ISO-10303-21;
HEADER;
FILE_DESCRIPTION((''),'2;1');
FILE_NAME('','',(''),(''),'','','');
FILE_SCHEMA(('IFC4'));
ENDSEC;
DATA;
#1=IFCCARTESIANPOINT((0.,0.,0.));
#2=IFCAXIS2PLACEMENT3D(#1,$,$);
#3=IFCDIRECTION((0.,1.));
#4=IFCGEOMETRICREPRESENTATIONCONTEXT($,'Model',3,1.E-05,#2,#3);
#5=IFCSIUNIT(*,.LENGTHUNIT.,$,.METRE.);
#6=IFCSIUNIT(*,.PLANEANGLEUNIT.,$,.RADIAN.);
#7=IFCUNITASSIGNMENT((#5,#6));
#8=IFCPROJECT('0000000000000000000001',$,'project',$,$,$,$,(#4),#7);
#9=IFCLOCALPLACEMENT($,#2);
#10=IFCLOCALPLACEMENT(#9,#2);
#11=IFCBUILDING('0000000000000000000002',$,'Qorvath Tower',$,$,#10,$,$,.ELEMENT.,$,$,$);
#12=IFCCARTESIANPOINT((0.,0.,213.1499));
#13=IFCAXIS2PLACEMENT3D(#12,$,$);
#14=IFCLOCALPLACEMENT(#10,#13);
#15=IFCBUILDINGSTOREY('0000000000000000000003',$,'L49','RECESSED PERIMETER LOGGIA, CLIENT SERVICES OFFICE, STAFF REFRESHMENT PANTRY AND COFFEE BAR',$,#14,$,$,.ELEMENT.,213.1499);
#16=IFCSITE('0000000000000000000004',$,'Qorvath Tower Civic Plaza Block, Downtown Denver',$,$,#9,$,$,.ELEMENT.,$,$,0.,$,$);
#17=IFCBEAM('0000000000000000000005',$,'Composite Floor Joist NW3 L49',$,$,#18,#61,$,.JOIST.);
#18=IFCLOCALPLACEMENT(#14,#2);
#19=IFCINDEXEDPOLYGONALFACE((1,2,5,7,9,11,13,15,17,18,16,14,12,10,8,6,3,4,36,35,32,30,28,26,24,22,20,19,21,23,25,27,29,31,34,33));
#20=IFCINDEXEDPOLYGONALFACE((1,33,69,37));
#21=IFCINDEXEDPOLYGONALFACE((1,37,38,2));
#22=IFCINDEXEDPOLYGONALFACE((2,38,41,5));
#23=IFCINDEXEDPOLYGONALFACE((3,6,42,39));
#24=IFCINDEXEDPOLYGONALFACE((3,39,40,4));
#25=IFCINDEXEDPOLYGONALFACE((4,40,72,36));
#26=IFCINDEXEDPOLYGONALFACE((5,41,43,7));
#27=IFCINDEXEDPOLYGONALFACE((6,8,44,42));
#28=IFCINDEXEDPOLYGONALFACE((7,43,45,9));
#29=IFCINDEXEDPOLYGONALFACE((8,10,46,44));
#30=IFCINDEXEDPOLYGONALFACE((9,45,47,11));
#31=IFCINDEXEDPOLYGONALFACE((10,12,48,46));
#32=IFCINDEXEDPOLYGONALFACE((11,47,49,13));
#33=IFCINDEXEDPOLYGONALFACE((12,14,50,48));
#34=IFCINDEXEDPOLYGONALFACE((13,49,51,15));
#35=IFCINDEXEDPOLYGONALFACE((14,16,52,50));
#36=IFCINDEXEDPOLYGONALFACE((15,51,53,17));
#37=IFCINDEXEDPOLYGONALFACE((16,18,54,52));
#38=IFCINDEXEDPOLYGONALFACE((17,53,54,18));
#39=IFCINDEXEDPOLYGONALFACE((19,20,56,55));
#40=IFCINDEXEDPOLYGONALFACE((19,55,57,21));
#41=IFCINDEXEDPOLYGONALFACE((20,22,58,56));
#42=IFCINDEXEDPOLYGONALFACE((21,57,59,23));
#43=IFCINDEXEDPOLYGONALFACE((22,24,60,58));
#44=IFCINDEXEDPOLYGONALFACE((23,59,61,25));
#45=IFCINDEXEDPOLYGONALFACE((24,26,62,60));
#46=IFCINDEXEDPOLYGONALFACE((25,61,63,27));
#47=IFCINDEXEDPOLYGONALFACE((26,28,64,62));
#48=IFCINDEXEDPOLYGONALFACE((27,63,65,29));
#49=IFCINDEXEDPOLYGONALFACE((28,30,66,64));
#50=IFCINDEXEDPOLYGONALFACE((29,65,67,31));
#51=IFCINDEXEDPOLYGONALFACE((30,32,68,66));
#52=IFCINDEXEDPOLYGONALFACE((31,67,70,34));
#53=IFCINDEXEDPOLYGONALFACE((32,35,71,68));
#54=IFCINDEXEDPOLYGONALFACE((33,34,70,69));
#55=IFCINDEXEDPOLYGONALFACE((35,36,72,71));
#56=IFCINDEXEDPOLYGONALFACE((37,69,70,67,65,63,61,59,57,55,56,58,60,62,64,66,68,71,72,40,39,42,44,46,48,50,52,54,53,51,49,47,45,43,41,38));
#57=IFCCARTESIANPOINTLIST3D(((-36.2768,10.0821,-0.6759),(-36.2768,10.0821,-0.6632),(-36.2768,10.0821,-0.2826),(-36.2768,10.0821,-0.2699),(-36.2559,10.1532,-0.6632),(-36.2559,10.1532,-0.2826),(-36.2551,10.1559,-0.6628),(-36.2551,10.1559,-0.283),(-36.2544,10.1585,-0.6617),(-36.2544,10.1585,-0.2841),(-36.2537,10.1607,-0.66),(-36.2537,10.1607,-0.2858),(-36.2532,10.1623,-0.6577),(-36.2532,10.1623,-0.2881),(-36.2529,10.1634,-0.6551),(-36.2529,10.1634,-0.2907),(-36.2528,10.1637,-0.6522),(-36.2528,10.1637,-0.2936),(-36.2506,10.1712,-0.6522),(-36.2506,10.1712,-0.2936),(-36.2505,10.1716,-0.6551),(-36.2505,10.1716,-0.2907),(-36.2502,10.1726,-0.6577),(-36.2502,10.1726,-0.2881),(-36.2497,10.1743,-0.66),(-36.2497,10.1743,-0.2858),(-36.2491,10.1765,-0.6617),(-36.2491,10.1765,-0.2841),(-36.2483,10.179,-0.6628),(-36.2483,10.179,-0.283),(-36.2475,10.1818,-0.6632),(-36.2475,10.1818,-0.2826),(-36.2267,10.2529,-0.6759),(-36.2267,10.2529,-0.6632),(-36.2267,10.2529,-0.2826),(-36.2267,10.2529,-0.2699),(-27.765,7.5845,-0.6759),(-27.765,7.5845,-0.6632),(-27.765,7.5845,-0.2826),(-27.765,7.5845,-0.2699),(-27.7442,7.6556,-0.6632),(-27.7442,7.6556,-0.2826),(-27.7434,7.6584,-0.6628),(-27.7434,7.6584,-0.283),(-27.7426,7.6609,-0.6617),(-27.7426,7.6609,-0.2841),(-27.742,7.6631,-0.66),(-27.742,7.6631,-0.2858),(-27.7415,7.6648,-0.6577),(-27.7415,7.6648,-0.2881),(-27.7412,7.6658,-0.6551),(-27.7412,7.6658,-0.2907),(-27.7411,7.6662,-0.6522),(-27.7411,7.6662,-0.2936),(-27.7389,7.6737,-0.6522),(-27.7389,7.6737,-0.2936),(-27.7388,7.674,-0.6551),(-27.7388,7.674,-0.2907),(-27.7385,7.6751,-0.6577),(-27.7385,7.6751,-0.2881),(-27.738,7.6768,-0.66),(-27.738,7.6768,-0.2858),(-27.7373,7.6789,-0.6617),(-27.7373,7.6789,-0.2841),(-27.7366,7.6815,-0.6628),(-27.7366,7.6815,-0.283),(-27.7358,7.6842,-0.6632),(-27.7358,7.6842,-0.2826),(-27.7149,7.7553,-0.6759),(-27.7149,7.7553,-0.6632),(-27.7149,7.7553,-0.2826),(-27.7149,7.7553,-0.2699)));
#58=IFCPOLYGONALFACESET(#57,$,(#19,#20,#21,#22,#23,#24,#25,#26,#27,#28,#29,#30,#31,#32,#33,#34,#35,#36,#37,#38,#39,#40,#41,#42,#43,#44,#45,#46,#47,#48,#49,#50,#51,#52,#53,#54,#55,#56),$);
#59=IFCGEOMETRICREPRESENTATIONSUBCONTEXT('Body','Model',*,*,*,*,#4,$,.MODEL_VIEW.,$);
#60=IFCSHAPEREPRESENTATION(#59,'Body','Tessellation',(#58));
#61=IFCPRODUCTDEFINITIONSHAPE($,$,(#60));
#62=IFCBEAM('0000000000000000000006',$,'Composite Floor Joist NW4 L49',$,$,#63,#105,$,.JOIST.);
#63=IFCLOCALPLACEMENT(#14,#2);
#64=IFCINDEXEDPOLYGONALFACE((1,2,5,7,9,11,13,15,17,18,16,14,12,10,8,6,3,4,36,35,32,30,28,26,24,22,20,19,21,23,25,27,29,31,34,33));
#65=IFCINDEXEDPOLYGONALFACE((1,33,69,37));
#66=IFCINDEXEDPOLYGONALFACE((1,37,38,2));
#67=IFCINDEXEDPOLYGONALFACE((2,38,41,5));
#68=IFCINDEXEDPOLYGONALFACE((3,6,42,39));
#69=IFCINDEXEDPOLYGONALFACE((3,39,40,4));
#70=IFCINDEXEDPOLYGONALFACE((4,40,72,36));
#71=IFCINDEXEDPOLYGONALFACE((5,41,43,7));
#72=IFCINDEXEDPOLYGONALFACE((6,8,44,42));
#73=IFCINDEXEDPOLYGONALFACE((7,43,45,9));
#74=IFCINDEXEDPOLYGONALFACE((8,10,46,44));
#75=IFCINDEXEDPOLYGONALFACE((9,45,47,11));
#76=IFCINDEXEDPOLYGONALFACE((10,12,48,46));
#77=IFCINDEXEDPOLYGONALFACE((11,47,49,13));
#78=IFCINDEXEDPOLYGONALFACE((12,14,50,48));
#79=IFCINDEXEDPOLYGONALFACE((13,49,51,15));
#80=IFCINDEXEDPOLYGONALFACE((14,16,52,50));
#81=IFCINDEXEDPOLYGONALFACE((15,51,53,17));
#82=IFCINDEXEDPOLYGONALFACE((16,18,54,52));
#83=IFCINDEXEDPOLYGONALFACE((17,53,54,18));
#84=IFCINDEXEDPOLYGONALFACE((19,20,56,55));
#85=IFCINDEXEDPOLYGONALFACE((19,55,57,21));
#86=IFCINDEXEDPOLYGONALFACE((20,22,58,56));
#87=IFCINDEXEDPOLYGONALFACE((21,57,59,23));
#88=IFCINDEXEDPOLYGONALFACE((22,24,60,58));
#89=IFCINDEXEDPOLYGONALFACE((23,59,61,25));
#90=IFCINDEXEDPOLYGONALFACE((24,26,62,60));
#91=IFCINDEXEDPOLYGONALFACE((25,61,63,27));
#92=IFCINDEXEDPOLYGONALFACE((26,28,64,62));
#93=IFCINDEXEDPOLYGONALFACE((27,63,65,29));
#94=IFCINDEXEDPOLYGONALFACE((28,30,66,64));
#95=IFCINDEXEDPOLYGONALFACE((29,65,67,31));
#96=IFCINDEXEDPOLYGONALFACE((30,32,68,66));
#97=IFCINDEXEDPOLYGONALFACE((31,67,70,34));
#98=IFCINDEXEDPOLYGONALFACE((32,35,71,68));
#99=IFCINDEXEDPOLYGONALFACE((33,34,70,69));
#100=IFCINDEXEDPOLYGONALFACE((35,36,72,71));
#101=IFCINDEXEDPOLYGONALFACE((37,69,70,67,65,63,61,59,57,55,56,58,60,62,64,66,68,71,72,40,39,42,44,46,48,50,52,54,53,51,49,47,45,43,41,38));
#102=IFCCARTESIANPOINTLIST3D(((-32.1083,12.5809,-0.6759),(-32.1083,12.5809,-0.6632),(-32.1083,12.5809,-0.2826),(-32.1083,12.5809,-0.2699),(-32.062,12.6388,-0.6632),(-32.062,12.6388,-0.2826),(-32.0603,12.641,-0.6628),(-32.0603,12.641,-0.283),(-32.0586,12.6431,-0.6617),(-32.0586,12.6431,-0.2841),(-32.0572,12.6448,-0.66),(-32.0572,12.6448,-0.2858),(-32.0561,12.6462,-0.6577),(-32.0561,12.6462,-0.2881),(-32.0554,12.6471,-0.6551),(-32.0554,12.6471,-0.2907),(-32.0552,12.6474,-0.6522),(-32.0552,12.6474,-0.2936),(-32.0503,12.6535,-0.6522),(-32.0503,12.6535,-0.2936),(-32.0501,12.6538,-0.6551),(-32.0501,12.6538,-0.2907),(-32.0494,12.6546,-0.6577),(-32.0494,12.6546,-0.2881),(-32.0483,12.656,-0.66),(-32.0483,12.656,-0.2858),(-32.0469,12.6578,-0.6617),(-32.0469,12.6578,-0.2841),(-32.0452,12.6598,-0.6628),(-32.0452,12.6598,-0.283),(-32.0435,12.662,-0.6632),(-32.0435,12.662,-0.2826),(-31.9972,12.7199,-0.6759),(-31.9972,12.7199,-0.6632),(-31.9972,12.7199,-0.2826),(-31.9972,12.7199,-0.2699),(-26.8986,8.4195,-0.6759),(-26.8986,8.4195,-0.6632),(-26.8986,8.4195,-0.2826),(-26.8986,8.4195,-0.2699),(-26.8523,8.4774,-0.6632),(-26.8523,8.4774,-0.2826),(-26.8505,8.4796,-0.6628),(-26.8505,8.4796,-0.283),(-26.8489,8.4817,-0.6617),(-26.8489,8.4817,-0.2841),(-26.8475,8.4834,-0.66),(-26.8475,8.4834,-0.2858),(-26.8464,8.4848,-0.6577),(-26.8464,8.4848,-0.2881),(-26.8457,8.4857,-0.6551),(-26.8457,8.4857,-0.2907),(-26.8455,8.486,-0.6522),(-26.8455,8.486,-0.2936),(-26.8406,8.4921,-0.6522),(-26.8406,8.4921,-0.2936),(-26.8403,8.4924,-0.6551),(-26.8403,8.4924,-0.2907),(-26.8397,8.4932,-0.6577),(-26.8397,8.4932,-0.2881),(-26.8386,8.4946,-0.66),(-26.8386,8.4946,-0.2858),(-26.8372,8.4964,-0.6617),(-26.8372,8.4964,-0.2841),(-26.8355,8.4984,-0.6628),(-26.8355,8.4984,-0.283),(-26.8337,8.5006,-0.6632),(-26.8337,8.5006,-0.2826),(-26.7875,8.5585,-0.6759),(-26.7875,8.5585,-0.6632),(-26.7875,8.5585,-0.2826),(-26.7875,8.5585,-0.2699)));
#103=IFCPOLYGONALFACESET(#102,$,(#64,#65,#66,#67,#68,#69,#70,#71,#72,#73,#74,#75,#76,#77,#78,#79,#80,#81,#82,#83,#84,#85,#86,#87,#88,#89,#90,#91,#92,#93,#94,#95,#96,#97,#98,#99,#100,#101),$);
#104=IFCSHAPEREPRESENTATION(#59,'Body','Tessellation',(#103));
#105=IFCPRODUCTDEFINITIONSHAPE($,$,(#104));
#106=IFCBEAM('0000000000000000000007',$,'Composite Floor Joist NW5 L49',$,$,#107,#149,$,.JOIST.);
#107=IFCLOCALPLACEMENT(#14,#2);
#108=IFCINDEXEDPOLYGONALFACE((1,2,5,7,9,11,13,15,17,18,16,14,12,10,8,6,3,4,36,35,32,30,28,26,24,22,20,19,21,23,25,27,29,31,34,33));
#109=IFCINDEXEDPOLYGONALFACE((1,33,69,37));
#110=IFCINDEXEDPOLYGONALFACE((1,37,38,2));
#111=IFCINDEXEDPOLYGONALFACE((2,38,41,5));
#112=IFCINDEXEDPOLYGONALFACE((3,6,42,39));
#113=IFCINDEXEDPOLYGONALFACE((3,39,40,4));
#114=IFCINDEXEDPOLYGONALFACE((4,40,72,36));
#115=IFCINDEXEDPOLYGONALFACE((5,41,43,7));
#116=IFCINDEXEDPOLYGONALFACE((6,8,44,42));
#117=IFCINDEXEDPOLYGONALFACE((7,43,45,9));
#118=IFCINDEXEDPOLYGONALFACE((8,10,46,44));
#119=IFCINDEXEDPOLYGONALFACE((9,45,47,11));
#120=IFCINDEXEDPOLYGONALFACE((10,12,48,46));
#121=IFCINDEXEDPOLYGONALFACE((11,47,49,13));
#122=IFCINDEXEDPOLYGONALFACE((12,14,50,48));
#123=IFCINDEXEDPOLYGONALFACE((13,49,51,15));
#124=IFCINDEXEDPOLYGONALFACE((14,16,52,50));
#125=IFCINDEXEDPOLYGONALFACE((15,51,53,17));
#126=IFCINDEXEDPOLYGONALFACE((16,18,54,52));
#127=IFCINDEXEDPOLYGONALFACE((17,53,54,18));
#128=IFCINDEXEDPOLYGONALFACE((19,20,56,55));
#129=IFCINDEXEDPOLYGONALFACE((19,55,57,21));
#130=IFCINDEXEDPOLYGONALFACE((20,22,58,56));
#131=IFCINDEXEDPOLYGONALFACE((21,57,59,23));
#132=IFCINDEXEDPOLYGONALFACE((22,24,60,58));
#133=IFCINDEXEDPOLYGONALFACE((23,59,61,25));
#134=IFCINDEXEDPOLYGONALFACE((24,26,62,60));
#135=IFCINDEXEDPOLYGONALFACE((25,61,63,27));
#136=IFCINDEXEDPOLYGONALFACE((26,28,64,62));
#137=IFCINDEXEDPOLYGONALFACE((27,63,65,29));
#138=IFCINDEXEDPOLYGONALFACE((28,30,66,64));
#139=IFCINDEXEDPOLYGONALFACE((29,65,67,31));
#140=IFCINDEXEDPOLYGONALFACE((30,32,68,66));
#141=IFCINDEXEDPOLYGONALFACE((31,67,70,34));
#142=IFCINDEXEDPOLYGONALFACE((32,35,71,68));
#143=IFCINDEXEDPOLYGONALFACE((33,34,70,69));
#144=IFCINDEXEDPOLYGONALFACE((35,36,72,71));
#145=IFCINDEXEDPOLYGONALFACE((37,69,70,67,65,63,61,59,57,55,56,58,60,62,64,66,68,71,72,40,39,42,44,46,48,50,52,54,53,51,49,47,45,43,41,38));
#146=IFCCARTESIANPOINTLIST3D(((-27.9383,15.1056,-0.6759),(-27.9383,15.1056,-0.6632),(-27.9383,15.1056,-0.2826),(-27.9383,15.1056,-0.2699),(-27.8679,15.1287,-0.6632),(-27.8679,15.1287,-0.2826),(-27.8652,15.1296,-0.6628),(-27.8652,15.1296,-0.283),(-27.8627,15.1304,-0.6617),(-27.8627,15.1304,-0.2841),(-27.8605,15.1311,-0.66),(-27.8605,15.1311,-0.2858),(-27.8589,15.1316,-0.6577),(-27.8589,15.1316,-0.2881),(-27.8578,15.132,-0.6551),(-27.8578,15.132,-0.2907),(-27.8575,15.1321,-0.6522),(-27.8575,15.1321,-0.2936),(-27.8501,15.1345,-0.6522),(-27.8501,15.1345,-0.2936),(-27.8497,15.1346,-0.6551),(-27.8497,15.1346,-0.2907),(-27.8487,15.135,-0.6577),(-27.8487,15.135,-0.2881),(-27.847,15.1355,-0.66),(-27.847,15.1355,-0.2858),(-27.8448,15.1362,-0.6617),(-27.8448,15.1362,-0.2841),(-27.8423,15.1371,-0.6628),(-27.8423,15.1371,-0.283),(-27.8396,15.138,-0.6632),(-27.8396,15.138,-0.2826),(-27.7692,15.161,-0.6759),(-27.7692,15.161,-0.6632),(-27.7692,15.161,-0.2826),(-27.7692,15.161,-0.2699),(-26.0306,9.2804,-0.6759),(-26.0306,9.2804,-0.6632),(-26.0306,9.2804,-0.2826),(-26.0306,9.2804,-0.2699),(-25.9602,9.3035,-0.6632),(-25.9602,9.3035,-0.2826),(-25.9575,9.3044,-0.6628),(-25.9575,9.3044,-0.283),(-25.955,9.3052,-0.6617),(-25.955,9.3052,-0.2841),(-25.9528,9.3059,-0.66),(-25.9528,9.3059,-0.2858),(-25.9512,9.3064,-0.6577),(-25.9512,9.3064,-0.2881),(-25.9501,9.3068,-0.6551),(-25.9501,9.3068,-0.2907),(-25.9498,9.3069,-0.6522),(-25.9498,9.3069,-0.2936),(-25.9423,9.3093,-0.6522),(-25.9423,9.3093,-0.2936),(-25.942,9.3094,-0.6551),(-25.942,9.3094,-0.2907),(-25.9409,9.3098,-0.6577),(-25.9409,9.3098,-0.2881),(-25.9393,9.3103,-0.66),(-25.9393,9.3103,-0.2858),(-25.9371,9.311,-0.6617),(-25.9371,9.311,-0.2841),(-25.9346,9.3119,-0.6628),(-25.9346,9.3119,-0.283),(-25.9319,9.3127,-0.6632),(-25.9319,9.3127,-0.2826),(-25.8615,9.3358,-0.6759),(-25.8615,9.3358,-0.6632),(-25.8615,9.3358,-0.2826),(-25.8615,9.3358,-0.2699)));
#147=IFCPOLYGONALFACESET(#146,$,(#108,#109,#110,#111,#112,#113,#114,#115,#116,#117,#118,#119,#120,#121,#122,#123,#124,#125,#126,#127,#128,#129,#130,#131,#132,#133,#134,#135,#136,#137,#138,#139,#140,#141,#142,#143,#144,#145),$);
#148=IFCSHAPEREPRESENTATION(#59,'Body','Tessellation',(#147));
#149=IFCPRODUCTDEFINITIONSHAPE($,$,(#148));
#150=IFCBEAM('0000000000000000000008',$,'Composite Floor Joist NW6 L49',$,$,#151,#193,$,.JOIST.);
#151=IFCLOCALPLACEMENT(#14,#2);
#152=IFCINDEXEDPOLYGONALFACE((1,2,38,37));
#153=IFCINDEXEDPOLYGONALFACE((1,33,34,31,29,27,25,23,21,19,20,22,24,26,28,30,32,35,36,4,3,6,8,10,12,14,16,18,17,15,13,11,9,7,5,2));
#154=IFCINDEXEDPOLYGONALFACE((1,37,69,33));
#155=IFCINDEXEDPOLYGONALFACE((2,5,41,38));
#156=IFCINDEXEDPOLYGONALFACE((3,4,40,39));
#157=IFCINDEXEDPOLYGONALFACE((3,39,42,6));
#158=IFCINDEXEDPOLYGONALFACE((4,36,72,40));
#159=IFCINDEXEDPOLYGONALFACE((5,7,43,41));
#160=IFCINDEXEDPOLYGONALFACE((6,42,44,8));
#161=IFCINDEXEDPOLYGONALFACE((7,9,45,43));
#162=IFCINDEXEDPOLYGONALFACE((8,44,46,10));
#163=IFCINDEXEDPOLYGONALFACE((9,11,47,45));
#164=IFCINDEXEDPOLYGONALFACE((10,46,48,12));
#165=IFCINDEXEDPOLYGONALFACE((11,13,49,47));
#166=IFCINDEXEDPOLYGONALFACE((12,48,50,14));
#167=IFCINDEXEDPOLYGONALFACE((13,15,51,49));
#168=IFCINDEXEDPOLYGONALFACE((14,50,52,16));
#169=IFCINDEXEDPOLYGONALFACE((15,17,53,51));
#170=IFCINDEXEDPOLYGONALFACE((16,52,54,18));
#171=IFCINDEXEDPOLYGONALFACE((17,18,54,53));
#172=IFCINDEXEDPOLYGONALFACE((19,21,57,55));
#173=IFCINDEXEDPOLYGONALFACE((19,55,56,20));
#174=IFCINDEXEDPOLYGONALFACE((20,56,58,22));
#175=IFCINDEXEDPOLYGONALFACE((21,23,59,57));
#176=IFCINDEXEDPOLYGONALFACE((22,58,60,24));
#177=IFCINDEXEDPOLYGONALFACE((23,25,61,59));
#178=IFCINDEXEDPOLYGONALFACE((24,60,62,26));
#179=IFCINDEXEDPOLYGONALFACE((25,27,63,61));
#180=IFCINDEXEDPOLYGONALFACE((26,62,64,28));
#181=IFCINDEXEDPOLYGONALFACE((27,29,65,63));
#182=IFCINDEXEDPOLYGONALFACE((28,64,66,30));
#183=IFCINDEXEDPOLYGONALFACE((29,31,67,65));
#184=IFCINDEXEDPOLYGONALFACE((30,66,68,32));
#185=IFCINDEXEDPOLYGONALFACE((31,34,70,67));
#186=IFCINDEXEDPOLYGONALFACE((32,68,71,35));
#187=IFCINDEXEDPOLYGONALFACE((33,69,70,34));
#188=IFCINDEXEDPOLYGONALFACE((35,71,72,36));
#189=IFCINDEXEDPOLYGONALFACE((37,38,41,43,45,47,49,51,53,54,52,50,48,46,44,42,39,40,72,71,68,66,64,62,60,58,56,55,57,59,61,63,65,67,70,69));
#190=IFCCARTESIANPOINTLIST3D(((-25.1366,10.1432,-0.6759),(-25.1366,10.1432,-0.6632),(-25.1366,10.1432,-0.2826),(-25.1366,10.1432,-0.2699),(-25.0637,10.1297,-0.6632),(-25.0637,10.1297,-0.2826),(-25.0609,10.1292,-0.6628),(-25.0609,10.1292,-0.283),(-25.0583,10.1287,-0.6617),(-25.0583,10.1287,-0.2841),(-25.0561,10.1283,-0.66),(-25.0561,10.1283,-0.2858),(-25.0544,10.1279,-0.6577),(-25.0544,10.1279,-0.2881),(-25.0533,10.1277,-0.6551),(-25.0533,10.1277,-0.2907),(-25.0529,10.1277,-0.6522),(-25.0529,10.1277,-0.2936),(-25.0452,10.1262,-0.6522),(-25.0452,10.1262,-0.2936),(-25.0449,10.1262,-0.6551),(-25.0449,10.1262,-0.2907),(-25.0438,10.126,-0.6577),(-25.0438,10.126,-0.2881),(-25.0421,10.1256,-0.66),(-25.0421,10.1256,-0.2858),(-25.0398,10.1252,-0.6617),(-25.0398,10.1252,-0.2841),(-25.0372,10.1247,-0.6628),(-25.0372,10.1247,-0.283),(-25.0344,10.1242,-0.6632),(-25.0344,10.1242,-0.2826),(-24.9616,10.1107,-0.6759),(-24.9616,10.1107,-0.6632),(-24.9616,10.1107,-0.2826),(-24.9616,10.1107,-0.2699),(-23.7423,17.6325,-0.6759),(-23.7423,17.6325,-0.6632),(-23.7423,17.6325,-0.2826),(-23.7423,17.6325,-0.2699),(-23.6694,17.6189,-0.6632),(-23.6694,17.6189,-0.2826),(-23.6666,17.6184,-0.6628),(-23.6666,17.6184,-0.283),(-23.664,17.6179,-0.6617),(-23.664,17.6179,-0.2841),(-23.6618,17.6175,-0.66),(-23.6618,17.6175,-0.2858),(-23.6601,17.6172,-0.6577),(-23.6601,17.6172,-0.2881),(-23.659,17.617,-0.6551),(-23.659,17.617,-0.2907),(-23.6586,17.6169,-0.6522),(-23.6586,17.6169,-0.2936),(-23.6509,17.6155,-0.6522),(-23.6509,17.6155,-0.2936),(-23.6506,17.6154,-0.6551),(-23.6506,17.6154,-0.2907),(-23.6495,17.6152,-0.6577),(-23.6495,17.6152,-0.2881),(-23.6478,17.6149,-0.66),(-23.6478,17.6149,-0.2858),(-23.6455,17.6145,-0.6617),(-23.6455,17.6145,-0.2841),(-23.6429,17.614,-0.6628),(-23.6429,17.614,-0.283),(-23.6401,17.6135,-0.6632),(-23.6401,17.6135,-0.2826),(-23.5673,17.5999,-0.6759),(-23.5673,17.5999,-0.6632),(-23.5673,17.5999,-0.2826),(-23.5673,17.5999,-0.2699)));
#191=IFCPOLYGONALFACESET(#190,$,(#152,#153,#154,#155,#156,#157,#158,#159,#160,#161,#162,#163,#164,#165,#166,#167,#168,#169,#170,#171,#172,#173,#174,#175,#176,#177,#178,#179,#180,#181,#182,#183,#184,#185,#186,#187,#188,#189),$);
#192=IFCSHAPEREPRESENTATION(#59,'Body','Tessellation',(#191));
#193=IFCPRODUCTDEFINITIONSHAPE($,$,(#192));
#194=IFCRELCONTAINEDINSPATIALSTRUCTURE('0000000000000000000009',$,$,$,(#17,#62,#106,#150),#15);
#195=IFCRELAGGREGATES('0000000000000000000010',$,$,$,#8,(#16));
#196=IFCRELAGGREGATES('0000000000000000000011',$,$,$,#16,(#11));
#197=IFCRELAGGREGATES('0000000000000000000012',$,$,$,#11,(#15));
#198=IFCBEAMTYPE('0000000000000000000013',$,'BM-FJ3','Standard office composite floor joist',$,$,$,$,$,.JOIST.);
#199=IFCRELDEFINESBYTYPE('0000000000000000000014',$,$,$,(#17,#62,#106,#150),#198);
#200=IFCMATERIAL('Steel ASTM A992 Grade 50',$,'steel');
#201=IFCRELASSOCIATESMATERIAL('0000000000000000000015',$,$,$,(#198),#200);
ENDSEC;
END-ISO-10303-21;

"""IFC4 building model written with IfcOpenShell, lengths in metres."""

from ifc_helpers import new_model, si_unit, direction, frame, origin, origin_2d, place, context, subcontext, project, spatial, i_section, extrude, material, material_profile, profile_set, type_object, element, save


model = new_model("IFC4")

# Units and contexts
model_context = context("Model", 3, precision=1e-05, world=origin(), true_north=direction((0.0, 1.0)))
body_context = subcontext(model_context, "Body", "Model", "MODEL_VIEW")
ifc_project = project(units=[si_unit("LENGTHUNIT", "METRE"), si_unit("PLANEANGLEUNIT", "RADIAN")], contexts=[model_context])

# Site, building, storey
site_placement = place(None, origin())
site = spatial("IfcSite", under=ifc_project, at=site_placement, Name="Qorvath Tower Civic Plaza Block, Downtown Denver", CompositionType="ELEMENT", RefElevation=0.0)
building_placement = place(site_placement, origin())
building = spatial("IfcBuilding", under=site, at=building_placement, Name="Qorvath Tower", CompositionType="ELEMENT")
storey_placement = place(building_placement, frame((0.0, 0.0, 213.1499)))
storey = spatial("IfcBuildingStorey", under=building, at=storey_placement, Name="L49", Description="RECESSED PERIMETER LOGGIA, CLIENT SERVICES OFFICE, STAFF REFRESHMENT PANTRY AND COFFEE BAR", CompositionType="ELEMENT", Elevation=213.1499)

# Beams
ifc_material_1 = material(Name="Steel ASTM A992 Grade 50", Category="steel")
ifc_material_profile_1 = material_profile(ifc_material_1, i_section(OverallWidth=0.178, OverallDepth=0.406, WebThickness=0.0078, FlangeThickness=0.0127, FilletRadius=0.011, at=origin_2d()), Name="W16x40")
ifc_profile_set_1 = profile_set([ifc_material_profile_1], Name="Steel ASTM A992 Grade 50")
beam_type_1 = type_object("IfcBeamType", Name="BM-FJ3", Description="Standard office composite floor joist", PredefinedType="JOIST", material=ifc_profile_set_1)
beam_1_placement = place(storey_placement, frame((-27.74, 7.6699, -0.4729), z_axis=(-0.959545, 0.281555, 0.0), x_axis=(-0.281555, -0.959545, 0.0)))
element("IfcBeam", 1, at=beam_1_placement, inside=storey, type_object=beam_type_1, Name="Composite Floor Joist NW3 L49", PredefinedType="JOIST", context=body_context, shape_type="SweptSolid", body=[
    extrude(i_section(OverallWidth=0.178, OverallDepth=0.406, WebThickness=0.0078, FlangeThickness=0.0127, FilletRadius=0.011, at=origin_2d()), origin(), (0.0, 0.0, 1.0), 8.8706),
])
beam_2_placement = place(storey_placement, frame((-26.843, 8.489, -0.4729), z_axis=(-0.781337, 0.62411, 0.0), x_axis=(-0.62411, -0.781337, 0.0)))
element("IfcBeam", 2, at=beam_2_placement, inside=storey, type_object=beam_type_1, Name="Composite Floor Joist NW4 L49", PredefinedType="JOIST", context=body_context, shape_type="SweptSolid", body=[
    extrude(i_section(OverallWidth=0.178, OverallDepth=0.406, WebThickness=0.0078, FlangeThickness=0.0127, FilletRadius=0.011, at=origin_2d()), origin(), (0.0, 0.0, 1.0), 6.6677),
])
beam_3_placement = place(storey_placement, frame((-25.946, 9.3081, -0.4729), z_axis=(-0.311229, 0.950335, 0.0), x_axis=(-0.950335, -0.311229, 0.0)))
element("IfcBeam", 3, at=beam_3_placement, inside=storey, type_object=beam_type_1, Name="Composite Floor Joist NW5 L49", PredefinedType="JOIST", context=body_context, shape_type="SweptSolid", body=[
    extrude(i_section(OverallWidth=0.178, OverallDepth=0.406, WebThickness=0.0078, FlangeThickness=0.0127, FilletRadius=0.011, at=origin_2d()), origin(), (0.0, 0.0, 1.0), 6.1296),
])
beam_4_placement = place(storey_placement, frame((-25.0491, 10.127, -0.4729), z_axis=(0.183027, 0.983108, 0.0), x_axis=(-0.983108, 0.183027, 0.0)))
element("IfcBeam", 4, at=beam_4_placement, inside=storey, type_object=beam_type_1, Name="Composite Floor Joist NW6 L49", PredefinedType="JOIST", context=body_context, shape_type="SweptSolid", body=[
    extrude(i_section(OverallWidth=0.178, OverallDepth=0.406, WebThickness=0.0078, FlangeThickness=0.0127, FilletRadius=0.011, at=origin_2d()), origin(), (0.0, 0.0, 1.0), 7.6179),
])

save(model, "model.ifc")
